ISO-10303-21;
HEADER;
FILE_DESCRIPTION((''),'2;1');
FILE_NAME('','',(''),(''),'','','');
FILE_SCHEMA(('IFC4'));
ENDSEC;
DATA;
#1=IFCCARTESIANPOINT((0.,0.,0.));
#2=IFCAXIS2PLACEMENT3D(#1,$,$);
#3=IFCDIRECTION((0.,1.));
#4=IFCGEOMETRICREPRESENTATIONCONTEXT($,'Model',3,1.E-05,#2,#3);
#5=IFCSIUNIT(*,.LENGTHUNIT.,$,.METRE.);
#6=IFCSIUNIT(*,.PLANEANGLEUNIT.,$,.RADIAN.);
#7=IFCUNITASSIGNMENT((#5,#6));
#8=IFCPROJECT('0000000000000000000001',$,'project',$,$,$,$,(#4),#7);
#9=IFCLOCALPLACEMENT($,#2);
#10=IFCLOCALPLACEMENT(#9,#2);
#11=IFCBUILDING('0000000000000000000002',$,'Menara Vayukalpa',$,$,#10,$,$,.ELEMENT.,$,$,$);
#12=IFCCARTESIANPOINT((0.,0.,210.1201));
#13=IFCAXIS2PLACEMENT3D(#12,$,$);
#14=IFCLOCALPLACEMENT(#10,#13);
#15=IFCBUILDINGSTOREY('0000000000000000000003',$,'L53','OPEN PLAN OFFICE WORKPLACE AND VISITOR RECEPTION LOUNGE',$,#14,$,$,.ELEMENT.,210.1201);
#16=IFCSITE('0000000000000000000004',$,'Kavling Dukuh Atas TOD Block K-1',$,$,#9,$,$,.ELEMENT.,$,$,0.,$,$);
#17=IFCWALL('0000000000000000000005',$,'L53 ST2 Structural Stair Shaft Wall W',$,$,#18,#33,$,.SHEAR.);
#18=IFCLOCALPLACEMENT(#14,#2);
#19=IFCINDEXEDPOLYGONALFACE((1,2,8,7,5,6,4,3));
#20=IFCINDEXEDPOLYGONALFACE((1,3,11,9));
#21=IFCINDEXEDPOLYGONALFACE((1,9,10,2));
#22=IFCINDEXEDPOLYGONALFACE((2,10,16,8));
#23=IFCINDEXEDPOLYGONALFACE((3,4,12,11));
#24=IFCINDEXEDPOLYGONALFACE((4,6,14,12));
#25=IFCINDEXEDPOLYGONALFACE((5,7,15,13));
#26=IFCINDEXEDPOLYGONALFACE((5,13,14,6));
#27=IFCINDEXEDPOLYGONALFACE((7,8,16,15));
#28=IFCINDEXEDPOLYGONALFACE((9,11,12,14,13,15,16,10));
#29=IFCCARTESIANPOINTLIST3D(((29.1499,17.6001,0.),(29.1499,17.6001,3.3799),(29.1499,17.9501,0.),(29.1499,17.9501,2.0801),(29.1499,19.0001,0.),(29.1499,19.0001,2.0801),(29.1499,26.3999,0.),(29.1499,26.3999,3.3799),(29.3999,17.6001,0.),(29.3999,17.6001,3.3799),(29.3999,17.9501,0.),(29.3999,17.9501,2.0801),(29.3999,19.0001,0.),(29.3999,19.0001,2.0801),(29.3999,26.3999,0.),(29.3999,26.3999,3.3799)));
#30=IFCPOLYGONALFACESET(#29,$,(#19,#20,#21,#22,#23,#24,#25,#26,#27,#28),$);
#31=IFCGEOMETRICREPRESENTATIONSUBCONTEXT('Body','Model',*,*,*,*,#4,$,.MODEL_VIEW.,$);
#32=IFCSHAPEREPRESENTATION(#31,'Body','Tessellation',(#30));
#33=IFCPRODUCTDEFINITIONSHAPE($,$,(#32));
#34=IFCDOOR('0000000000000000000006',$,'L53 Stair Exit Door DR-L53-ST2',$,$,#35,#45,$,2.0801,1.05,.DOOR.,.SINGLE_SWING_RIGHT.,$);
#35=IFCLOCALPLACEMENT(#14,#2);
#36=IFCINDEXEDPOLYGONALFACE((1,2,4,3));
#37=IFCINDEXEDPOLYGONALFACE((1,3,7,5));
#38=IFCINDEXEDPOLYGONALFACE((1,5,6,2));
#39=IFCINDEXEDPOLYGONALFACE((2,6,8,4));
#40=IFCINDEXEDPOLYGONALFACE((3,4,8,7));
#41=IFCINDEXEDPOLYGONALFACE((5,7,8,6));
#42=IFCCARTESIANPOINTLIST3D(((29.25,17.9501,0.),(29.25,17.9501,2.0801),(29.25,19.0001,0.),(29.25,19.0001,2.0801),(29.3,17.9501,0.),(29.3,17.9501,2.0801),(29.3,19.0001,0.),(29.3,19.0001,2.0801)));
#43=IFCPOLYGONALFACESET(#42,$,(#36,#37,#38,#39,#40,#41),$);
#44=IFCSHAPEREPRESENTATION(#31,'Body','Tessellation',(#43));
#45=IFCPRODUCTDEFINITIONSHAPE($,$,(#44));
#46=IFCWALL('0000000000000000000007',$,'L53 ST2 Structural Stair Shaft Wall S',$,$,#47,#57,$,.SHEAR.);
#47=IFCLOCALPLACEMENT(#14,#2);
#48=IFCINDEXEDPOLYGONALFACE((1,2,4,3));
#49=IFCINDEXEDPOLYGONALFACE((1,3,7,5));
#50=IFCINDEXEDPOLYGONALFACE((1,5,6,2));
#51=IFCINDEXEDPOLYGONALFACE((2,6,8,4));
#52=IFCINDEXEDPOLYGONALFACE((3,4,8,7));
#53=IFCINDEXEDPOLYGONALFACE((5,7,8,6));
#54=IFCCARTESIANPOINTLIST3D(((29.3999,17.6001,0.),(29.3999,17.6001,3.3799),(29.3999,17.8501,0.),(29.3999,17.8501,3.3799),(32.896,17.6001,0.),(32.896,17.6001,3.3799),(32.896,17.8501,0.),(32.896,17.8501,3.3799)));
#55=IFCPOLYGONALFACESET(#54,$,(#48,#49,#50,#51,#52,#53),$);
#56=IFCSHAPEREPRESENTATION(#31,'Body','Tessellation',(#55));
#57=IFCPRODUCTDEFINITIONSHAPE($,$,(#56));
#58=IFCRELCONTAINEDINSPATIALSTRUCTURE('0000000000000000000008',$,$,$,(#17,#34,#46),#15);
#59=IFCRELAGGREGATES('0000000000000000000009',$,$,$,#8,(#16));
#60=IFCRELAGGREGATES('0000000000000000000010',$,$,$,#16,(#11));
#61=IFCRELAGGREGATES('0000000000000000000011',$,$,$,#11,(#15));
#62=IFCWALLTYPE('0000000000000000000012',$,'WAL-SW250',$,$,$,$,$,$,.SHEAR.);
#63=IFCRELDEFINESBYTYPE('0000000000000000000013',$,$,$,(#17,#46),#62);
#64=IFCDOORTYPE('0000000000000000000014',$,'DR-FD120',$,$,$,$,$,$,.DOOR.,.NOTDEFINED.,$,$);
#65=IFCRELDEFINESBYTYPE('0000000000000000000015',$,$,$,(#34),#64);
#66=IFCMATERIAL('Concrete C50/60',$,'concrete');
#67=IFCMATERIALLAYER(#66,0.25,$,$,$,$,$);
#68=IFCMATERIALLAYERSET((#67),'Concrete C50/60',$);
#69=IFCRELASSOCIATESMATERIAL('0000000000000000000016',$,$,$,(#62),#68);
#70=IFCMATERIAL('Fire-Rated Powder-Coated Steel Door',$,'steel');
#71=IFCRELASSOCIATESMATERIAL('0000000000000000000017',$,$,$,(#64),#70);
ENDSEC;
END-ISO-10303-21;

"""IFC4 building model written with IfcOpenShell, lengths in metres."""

from ifc_helpers import new_model, si_unit, direction, frame, frame_2d, origin, place, context, subcontext, project, spatial, rectangle, extrude, material, layer, layer_set, type_object, element, fill, save


model = new_model("IFC4")

# Units and contexts
model_context = context("Model", 3, precision=1e-05, world=origin(), true_north=direction((0.0, 1.0)))
body_context = subcontext(model_context, "Body", "Model", "MODEL_VIEW")
ifc_project = project(units=[si_unit("LENGTHUNIT", "METRE"), si_unit("PLANEANGLEUNIT", "RADIAN")], contexts=[model_context])

# Site, building, storey
site_placement = place(None, origin())
site = spatial("IfcSite", under=ifc_project, at=site_placement, Name="Kavling Dukuh Atas TOD Block K-1", CompositionType="ELEMENT", RefElevation=0.0)
building_placement = place(site_placement, origin())
building = spatial("IfcBuilding", under=site, at=building_placement, Name="Menara Vayukalpa", CompositionType="ELEMENT")
storey_placement = place(building_placement, frame((0.0, 0.0, 210.1201)))
storey = spatial("IfcBuildingStorey", under=building, at=storey_placement, Name="L53", Description="OPEN PLAN OFFICE WORKPLACE AND VISITOR RECEPTION LOUNGE", CompositionType="ELEMENT", Elevation=210.1201)

# Wall, opening, door
ifc_material_1 = material(Name="Concrete C50/60", Category="concrete")
ifc_layer_1 = layer(ifc_material_1, 0.25)
ifc_layer_set_1 = layer_set([ifc_layer_1], Name="Concrete C50/60")
wall_type_1 = type_object("IfcWallType", Name="WAL-SW250", PredefinedType="SHEAR", material=ifc_layer_set_1)
wall_1_placement = place(storey_placement, frame((29.2749, 17.6001, 0.0), z_axis=(0.0, 0.0, 1.0), x_axis=(0.0, 1.0, 0.0)))
wall_1 = element("IfcWall", 1, at=wall_1_placement, inside=storey, type_object=wall_type_1, Name="L53 ST2 Structural Stair Shaft Wall W", PredefinedType="SHEAR", context=body_context, shape_type="SweptSolid", body=[
    extrude(rectangle(XDim=8.7998, YDim=0.25, at=frame_2d((4.3999, 0.0))), origin(), (0.0, 0.0, 1.0), 3.3799),
])
opening_1_placement = place(wall_1_placement, frame((0.3501, 0.0, 0.0)))
opening_1 = element("IfcOpeningElement", 2, at=opening_1_placement, cuts=wall_1, PredefinedType="OPENING", context=body_context, shape_type="SweptSolid", body=[
    extrude(rectangle(XDim=1.05, YDim=2.0801, at=frame_2d((0.5249, 1.04))), frame((0.0, 0.135, 0.0), z_axis=(0.0, -1.0, 0.0), x_axis=(1.0, 0.0, 0.0)), (0.0, 0.0, 1.0), 0.27),
])
ifc_material_2 = material(Name="Fire-Rated Powder-Coated Steel Door", Category="steel")
door_type_1 = type_object("IfcDoorType", Name="DR-FD120", OperationType="NOTDEFINED", PredefinedType="DOOR", material=ifc_material_2)
door_1_placement = place(opening_1_placement, origin())
door_1 = element("IfcDoor", 3, at=door_1_placement, inside=storey, type_object=door_type_1, Name="L53 Stair Exit Door DR-L53-ST2", OperationType="SINGLE_SWING_RIGHT", OverallHeight=2.0801, OverallWidth=1.05, PredefinedType="DOOR", context=body_context, shape_type="SweptSolid", body=[
    extrude(rectangle(XDim=1.05, YDim=2.0801, at=frame_2d((0.5249, 1.04))), frame((0.0, 0.0249, 0.0), z_axis=(0.0, -1.0, 0.0), x_axis=(1.0, 0.0, 0.0)), (0.0, 0.0, 1.0), 0.05),
])
fill(opening_1, door_1)

# Wall
wall_2_placement = place(storey_placement, frame((29.3999, 17.7251, 0.0), z_axis=(0.0, 0.0, 1.0), x_axis=(1.0, 0.0, 0.0)))
element("IfcWall", 4, at=wall_2_placement, inside=storey, type_object=wall_type_1, Name="L53 ST2 Structural Stair Shaft Wall S", PredefinedType="SHEAR", context=body_context, shape_type="SweptSolid", body=[
    extrude(rectangle(XDim=3.4961, YDim=0.25, at=frame_2d((1.748, 0.0))), origin(), (0.0, 0.0, 1.0), 3.3799),
])

save(model, "model.ifc")
